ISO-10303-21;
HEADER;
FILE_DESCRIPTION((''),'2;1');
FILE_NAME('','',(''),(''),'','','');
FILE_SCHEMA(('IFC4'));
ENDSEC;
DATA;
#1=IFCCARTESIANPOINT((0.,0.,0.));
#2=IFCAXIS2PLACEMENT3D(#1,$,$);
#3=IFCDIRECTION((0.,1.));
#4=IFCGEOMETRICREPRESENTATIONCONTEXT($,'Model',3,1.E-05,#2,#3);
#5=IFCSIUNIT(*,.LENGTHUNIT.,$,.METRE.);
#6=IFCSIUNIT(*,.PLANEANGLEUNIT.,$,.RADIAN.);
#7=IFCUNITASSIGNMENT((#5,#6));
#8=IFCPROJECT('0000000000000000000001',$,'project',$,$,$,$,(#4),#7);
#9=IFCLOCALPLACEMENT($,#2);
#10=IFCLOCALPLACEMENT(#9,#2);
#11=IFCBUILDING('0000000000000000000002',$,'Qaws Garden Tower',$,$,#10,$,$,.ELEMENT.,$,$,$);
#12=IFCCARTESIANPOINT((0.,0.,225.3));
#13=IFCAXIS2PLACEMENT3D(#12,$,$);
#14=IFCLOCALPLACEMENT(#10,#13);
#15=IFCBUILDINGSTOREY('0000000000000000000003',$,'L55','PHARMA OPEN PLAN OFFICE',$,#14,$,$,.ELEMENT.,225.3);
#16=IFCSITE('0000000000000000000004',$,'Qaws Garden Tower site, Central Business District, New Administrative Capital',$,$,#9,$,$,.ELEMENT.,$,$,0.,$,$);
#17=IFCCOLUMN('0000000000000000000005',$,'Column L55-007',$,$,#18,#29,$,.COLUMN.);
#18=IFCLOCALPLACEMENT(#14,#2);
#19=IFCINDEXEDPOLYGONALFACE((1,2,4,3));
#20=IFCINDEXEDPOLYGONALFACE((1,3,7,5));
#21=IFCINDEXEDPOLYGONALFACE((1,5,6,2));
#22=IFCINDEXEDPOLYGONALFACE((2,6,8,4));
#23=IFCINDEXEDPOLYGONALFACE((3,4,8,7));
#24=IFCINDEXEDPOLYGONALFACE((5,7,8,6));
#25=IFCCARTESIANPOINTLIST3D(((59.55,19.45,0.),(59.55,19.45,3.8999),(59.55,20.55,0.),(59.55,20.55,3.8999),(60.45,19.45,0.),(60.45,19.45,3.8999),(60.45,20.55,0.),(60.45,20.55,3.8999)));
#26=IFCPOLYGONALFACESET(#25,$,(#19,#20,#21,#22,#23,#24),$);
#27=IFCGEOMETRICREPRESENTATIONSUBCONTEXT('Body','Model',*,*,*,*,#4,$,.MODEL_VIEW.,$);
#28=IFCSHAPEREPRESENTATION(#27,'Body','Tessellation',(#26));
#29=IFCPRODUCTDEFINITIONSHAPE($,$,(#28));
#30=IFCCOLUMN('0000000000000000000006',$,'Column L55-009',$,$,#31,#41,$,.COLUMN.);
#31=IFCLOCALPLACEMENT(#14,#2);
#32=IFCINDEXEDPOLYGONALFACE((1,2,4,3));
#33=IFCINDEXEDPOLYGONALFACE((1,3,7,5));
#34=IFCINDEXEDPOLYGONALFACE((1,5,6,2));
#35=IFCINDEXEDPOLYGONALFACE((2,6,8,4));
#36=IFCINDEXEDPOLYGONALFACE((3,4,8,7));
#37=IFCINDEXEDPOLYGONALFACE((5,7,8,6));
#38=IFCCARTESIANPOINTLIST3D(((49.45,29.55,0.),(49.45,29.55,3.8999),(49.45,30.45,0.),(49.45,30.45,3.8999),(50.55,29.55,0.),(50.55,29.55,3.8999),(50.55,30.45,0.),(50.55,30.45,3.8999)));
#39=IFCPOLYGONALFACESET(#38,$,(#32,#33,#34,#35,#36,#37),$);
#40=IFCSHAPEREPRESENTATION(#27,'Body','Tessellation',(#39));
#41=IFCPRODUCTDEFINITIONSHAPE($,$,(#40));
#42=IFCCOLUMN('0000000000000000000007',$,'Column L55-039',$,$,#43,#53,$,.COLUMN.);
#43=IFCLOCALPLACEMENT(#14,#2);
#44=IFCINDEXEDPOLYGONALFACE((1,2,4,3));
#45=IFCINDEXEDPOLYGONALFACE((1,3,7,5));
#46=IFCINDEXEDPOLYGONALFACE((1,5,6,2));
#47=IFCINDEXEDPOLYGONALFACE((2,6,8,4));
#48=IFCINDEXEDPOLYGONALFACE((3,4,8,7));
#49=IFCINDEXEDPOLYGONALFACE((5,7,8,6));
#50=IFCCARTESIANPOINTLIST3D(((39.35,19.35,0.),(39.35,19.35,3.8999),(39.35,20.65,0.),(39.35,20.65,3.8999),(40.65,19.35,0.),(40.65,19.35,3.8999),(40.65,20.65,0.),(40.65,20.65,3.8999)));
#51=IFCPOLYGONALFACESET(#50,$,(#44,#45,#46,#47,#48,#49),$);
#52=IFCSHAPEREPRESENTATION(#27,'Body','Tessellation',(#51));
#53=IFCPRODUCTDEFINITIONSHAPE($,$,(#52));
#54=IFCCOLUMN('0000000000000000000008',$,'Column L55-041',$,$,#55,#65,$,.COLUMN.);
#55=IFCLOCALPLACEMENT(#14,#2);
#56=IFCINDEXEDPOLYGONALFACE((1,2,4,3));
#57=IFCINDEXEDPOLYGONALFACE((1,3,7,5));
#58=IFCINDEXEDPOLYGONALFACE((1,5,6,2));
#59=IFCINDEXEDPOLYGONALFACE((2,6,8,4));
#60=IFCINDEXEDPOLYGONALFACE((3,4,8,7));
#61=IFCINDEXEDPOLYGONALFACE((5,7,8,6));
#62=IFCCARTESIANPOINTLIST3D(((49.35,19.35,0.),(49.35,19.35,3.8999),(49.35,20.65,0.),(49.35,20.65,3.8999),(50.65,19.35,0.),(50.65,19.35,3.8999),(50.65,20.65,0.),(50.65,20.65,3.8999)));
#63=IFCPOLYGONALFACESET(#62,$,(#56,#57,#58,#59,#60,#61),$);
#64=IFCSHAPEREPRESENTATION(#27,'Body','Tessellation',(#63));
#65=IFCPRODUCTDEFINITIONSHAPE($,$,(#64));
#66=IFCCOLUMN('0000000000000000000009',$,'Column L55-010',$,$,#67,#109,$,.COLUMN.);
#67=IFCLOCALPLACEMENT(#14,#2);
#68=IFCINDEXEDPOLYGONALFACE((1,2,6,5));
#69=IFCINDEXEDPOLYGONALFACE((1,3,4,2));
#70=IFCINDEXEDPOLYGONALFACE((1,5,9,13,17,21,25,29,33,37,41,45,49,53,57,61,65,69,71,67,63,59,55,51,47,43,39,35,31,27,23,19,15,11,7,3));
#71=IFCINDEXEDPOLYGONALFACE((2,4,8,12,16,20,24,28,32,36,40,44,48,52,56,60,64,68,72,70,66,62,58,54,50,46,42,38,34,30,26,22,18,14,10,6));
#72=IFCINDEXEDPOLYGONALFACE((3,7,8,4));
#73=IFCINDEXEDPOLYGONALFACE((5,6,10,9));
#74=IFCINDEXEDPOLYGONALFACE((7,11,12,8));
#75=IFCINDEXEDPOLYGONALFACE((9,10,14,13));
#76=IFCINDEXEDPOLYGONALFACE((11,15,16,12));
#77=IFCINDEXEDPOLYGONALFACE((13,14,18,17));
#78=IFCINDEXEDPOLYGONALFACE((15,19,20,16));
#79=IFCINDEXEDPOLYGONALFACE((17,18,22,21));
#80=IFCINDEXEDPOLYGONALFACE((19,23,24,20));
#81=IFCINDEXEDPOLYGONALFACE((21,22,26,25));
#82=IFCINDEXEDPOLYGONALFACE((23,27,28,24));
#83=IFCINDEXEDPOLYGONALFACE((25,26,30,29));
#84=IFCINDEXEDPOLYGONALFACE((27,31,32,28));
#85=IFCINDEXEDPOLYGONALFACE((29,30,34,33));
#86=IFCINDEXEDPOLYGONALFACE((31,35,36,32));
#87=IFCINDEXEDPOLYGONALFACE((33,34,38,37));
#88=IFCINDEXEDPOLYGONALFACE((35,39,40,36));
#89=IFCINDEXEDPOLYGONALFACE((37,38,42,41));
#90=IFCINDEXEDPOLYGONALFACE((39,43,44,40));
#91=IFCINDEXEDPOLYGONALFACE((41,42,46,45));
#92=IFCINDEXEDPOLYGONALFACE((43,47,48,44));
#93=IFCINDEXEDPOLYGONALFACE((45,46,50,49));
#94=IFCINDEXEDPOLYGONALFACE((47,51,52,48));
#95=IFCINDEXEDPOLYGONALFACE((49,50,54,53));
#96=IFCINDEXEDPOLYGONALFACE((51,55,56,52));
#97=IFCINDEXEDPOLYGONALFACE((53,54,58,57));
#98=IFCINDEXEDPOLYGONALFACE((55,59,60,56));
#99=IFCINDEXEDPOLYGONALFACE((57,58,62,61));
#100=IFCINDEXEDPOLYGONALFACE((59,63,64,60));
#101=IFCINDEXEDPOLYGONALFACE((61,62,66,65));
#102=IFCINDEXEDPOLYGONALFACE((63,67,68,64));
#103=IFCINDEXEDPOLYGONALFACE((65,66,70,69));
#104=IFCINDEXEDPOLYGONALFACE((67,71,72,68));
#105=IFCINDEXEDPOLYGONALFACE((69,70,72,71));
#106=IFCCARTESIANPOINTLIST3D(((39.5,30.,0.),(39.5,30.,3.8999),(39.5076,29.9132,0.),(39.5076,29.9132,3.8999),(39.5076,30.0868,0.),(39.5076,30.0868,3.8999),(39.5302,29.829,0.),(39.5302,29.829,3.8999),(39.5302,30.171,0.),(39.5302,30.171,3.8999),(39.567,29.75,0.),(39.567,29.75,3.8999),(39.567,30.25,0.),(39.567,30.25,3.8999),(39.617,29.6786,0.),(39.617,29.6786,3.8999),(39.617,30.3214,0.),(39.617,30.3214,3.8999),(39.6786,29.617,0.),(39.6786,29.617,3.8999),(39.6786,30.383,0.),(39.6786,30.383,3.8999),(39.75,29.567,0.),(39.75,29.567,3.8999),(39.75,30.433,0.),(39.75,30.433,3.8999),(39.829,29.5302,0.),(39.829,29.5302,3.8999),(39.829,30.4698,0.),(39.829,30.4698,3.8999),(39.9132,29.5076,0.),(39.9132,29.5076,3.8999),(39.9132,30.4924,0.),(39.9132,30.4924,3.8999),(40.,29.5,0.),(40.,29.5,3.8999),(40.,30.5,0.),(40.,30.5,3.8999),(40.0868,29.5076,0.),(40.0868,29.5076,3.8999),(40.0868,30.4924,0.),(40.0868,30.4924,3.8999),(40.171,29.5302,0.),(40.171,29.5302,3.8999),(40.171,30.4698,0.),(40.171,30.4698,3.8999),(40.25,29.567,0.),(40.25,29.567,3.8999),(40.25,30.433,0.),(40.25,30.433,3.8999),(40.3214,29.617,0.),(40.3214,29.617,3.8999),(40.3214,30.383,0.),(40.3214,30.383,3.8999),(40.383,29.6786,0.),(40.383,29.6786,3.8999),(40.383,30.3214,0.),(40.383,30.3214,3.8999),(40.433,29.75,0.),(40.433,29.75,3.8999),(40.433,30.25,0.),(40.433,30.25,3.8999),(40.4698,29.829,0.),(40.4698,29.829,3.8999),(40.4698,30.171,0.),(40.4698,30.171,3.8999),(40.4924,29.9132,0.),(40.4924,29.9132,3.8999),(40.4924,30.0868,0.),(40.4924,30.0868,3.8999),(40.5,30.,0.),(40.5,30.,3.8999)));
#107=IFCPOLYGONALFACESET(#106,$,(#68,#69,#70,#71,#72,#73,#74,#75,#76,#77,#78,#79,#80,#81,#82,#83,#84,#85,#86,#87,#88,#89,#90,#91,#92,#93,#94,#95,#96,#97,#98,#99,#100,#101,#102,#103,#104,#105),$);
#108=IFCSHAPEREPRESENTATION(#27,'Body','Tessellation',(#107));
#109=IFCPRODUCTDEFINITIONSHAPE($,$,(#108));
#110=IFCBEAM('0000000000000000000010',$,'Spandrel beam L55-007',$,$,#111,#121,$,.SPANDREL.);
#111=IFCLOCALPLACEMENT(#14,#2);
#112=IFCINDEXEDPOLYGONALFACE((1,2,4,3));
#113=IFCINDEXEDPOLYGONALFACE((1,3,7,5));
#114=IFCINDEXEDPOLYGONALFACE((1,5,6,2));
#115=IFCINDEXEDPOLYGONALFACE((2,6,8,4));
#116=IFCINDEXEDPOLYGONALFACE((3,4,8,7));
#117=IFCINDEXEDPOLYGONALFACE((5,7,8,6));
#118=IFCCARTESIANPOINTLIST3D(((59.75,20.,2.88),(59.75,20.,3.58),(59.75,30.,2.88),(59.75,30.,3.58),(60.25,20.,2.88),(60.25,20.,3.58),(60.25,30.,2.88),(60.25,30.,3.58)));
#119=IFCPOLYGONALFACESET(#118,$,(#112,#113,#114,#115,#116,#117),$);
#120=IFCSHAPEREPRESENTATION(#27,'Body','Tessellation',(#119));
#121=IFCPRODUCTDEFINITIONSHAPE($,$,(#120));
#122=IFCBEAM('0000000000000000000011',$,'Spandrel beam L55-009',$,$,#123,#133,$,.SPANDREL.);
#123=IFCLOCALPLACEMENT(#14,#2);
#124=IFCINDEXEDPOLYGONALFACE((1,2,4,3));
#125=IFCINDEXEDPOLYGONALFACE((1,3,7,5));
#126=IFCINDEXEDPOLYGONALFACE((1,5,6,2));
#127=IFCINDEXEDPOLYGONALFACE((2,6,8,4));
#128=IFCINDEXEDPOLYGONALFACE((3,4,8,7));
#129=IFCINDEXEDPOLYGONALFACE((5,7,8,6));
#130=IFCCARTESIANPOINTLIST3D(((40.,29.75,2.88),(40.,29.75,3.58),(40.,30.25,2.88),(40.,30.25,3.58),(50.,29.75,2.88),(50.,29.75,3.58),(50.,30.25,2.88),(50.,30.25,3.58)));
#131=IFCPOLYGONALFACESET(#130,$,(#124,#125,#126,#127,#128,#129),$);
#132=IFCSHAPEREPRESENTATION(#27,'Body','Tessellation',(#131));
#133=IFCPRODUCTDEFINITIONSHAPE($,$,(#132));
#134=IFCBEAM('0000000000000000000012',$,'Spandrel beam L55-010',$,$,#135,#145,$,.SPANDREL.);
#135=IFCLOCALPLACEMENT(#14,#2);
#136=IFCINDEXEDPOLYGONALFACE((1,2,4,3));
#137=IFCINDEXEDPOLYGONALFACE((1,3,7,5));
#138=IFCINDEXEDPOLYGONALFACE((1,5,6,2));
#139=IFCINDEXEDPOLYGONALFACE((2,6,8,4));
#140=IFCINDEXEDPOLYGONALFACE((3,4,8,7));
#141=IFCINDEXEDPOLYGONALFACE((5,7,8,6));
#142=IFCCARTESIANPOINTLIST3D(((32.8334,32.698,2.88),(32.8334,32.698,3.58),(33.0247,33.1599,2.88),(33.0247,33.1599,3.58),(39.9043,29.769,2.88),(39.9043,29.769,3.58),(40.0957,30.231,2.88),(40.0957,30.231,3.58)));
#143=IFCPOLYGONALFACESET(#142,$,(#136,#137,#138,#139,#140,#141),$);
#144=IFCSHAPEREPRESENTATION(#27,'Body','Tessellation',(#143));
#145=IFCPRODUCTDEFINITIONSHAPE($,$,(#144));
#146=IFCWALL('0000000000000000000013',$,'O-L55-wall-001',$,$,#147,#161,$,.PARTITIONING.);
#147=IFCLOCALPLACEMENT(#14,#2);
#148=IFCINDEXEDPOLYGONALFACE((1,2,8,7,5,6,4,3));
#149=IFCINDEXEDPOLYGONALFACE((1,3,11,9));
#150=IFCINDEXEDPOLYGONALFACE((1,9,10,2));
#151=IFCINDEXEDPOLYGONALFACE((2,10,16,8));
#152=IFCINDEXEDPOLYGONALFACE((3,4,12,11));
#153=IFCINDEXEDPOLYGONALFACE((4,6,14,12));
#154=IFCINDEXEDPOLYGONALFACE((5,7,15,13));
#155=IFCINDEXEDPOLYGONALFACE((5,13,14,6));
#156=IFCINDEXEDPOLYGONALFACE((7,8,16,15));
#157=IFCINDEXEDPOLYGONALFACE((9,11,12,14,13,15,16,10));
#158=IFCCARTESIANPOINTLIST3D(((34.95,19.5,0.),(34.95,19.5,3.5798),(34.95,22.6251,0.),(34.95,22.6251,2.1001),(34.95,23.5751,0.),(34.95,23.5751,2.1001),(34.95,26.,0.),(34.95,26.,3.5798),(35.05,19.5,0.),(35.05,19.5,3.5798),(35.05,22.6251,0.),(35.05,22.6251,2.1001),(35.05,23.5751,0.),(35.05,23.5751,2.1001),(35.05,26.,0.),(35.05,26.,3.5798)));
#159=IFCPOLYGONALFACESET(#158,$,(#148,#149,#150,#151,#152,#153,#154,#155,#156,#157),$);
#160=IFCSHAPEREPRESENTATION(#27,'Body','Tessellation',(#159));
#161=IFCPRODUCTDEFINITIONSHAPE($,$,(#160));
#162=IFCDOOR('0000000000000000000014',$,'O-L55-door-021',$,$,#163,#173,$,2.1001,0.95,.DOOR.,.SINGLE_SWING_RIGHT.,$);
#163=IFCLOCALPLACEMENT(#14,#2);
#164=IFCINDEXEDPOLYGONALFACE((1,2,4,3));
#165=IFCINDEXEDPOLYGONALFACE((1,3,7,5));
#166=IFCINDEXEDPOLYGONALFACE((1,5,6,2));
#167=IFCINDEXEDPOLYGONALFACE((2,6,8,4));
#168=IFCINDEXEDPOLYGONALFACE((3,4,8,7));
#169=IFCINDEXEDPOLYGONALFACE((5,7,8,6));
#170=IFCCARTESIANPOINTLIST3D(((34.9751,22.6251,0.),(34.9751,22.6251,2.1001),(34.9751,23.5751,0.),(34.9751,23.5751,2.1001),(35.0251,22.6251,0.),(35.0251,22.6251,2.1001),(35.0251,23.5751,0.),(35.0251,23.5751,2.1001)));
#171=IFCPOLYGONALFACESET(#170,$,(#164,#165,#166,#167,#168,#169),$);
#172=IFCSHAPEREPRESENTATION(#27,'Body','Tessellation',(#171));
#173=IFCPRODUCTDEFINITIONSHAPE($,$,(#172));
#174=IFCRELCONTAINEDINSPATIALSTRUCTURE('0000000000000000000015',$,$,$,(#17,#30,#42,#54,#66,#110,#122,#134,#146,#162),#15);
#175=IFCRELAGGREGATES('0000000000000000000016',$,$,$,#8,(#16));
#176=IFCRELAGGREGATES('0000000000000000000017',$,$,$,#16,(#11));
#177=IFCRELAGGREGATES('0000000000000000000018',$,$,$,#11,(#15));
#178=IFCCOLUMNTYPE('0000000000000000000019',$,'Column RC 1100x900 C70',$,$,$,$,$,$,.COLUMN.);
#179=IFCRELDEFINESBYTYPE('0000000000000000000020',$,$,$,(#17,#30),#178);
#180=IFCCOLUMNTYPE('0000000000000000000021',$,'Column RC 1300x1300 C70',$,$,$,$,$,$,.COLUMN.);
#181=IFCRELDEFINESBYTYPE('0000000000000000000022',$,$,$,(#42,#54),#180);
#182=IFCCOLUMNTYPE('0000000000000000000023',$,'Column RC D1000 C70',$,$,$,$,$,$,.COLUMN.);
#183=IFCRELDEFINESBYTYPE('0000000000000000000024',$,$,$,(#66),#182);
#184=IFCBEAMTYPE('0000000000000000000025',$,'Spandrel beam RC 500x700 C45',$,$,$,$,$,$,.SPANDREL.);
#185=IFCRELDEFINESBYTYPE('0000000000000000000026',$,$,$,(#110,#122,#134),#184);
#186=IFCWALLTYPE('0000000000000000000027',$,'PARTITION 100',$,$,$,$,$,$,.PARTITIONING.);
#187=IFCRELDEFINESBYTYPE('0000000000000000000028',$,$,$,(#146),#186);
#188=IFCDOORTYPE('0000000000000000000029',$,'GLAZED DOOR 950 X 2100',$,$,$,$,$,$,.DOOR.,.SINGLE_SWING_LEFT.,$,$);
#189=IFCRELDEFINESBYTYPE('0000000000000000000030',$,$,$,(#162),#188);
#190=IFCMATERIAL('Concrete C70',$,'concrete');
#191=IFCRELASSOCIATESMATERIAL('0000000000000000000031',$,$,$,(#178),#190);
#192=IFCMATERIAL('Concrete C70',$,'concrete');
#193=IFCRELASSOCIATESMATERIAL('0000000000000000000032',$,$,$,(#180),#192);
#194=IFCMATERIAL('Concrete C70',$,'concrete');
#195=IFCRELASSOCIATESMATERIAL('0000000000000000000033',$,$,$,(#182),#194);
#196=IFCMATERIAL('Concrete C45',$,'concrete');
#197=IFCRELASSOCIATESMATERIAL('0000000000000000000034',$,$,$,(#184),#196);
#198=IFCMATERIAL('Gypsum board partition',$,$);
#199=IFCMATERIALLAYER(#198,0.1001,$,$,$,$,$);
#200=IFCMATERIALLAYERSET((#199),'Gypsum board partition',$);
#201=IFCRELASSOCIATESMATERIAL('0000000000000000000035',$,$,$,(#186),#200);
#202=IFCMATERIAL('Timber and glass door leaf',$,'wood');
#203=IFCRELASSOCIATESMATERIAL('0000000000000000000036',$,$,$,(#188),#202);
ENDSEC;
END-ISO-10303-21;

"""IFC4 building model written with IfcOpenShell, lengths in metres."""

from ifc_helpers import new_model, si_unit, direction, frame, frame_2d, origin, origin_2d, place, context, subcontext, project, spatial, rectangle, circle, extrude, material, layer, layer_set, material_profile, profile_set, type_object, element, fill, save


model = new_model("IFC4")

# Units and contexts
model_context = context("Model", 3, precision=1e-05, world=origin(), true_north=direction((0.0, 1.0)))
body_context = subcontext(model_context, "Body", "Model", "MODEL_VIEW")
ifc_project = project(units=[si_unit("LENGTHUNIT", "METRE"), si_unit("PLANEANGLEUNIT", "RADIAN")], contexts=[model_context])

# Site, building, storey
site_placement = place(None, origin())
site = spatial("IfcSite", under=ifc_project, at=site_placement, Name="Qaws Garden Tower site, Central Business District, New Administrative Capital", CompositionType="ELEMENT", RefElevation=0.0)
building_placement = place(site_placement, origin())
building = spatial("IfcBuilding", under=site, at=building_placement, Name="Qaws Garden Tower", CompositionType="ELEMENT")
storey_placement = place(building_placement, frame((0.0, 0.0, 225.3)))
storey = spatial("IfcBuildingStorey", under=building, at=storey_placement, Name="L55", Description="PHARMA OPEN PLAN OFFICE", CompositionType="ELEMENT", Elevation=225.3)

# Columns
ifc_material_1 = material(Name="Concrete C70", Category="concrete")
ifc_material_profile_1 = material_profile(ifc_material_1, rectangle(XDim=1.1001, YDim=0.8999, at=origin_2d()), Name="RC 1100x900")
ifc_profile_set_1 = profile_set([ifc_material_profile_1], Name="Concrete C70")
column_type_1 = type_object("IfcColumnType", Name="Column RC 1100x900 C70", PredefinedType="COLUMN", material=ifc_profile_set_1)
for number, where, z_axis, x_axis, name in (
    (1, (60.0, 20.0, 0.0), (0.0, 0.0, 1.0), (0.0, 1.0, 0.0), "Column L55-007"),
    (2, (50.0, 30.0, 0.0), (0.0, 0.0, 1.0), (1.0, 0.0, 0.0), "Column L55-009"),
):
    element("IfcColumn", number, at=place(storey_placement, frame(where, z_axis=z_axis, x_axis=x_axis)), inside=storey, type_object=column_type_1, Name=name, PredefinedType="COLUMN", context=body_context, shape_type="SweptSolid", body=[
        extrude(rectangle(XDim=1.1001, YDim=0.8999, at=origin_2d()), origin(), (0.0, 0.0, 1.0), 3.8999),
    ])
ifc_material_2 = material(Name="Concrete C70", Category="concrete")
ifc_material_profile_2 = material_profile(ifc_material_2, rectangle(XDim=1.3, YDim=1.3, at=origin_2d()), Name="RC 1300x1300")
ifc_profile_set_2 = profile_set([ifc_material_profile_2], Name="Concrete C70")
column_type_2 = type_object("IfcColumnType", Name="Column RC 1300x1300 C70", PredefinedType="COLUMN", material=ifc_profile_set_2)
for number, where, z_axis, x_axis, name in (
    (3, (40.0, 20.0, 0.0), (0.0, 0.0, 1.0), (1.0, 0.0, 0.0), "Column L55-039"),
    (4, (50.0, 20.0, 0.0), (0.0, 0.0, 1.0), (1.0, 0.0, 0.0), "Column L55-041"),
):
    element("IfcColumn", number, at=place(storey_placement, frame(where, z_axis=z_axis, x_axis=x_axis)), inside=storey, type_object=column_type_2, Name=name, PredefinedType="COLUMN", context=body_context, shape_type="SweptSolid", body=[
        extrude(rectangle(XDim=1.3, YDim=1.3, at=origin_2d()), origin(), (0.0, 0.0, 1.0), 3.8999),
    ])
ifc_material_3 = material(Name="Concrete C70", Category="concrete")
ifc_material_profile_3 = material_profile(ifc_material_3, circle(Radius=0.5, at=origin_2d()), Name="RC D1000")
ifc_profile_set_3 = profile_set([ifc_material_profile_3], Name="Concrete C70")
column_type_3 = type_object("IfcColumnType", Name="Column RC D1000 C70", PredefinedType="COLUMN", material=ifc_profile_set_3)
column_placement = place(storey_placement, frame((40.0, 30.0, 0.0), z_axis=(0.0, 0.0, 1.0), x_axis=(1.0, 0.0, 0.0)))
element("IfcColumn", 5, at=column_placement, inside=storey, type_object=column_type_3, Name="Column L55-010", PredefinedType="COLUMN", context=body_context, shape_type="SweptSolid", body=[
    extrude(circle(Radius=0.5, at=origin_2d()), origin(), (0.0, 0.0, 1.0), 3.8999),
])

# Beams
ifc_material_4 = material(Name="Concrete C45", Category="concrete")
ifc_material_profile_4 = material_profile(ifc_material_4, rectangle(XDim=0.5, YDim=0.7, at=origin_2d()), Name="RC 500x700")
ifc_profile_set_4 = profile_set([ifc_material_profile_4], Name="Concrete C45")
beam_type = type_object("IfcBeamType", Name="Spandrel beam RC 500x700 C45", PredefinedType="SPANDREL", material=ifc_profile_set_4)
for number, where, z_axis, x_axis, name in (
    (6, (60.0, 20.0, 3.23), (0.0, 1.0, 0.0), (-1.0, 0.0, 0.0), "Spandrel beam L55-007"),
    (7, (50.0, 30.0, 3.23), (-1.0, 0.0, 0.0), (0.0, -1.0, 0.0), "Spandrel beam L55-009"),
):
    element("IfcBeam", number, at=place(storey_placement, frame(where, z_axis=z_axis, x_axis=x_axis)), inside=storey, type_object=beam_type, Name=name, PredefinedType="SPANDREL", context=body_context, shape_type="SweptSolid", body=[
        extrude(rectangle(XDim=0.5, YDim=0.7, at=origin_2d()), origin(), (0.0, 0.0, 1.0), 10.0),
    ])
beam_placement = place(storey_placement, frame((40.0, 30.0, 3.23), z_axis=(-0.923878, 0.382687, 0.0), x_axis=(-0.382687, -0.923878, 0.0)))
element("IfcBeam", 8, at=beam_placement, inside=storey, type_object=beam_type, Name="Spandrel beam L55-010", PredefinedType="SPANDREL", context=body_context, shape_type="SweptSolid", body=[
    extrude(rectangle(XDim=0.5, YDim=0.7, at=origin_2d()), origin(), (0.0, 0.0, 1.0), 7.6536),
])

# Wall, opening, door
ifc_material_5 = material(Name="Gypsum board partition")
ifc_layer_1 = layer(ifc_material_5, 0.1001)
ifc_layer_set_1 = layer_set([ifc_layer_1], Name="Gypsum board partition")
wall_type_1 = type_object("IfcWallType", Name="PARTITION 100", PredefinedType="PARTITIONING", material=ifc_layer_set_1)
wall_1_placement = place(storey_placement, frame((35.0, 19.5, 0.0), z_axis=(0.0, 0.0, 1.0), x_axis=(0.0, 1.0, 0.0)))
wall_1 = element("IfcWall", 9, at=wall_1_placement, inside=storey, type_object=wall_type_1, Name="O-L55-wall-001", PredefinedType="PARTITIONING", context=body_context, shape_type="SweptSolid", body=[
    extrude(rectangle(XDim=6.5, YDim=0.1001, at=frame_2d((3.25, 0.0))), origin(), (0.0, 0.0, 1.0), 3.5798),
])
opening_1_placement = place(wall_1_placement, frame((3.125, 0.0, 0.0)))
opening_1 = element("IfcOpeningElement", 10, at=opening_1_placement, cuts=wall_1, PredefinedType="OPENING", context=body_context, shape_type="SweptSolid", body=[
    extrude(rectangle(XDim=0.95, YDim=2.1001, at=frame_2d((0.4751, 1.05))), frame((0.0, 0.0601, 0.0), z_axis=(0.0, -1.0, 0.0), x_axis=(1.0, 0.0, 0.0)), (0.0, 0.0, 1.0), 0.1201),
])
ifc_material_6 = material(Name="Timber and glass door leaf", Category="wood")
door_type_1 = type_object("IfcDoorType", Name="GLAZED DOOR 950 X 2100", OperationType="SINGLE_SWING_LEFT", PredefinedType="DOOR", material=ifc_material_6)
door_1_placement = place(opening_1_placement, origin())
door_1 = element("IfcDoor", 11, at=door_1_placement, inside=storey, type_object=door_type_1, Name="O-L55-door-021", OperationType="SINGLE_SWING_RIGHT", OverallHeight=2.1001, OverallWidth=0.95, PredefinedType="DOOR", context=body_context, shape_type="SweptSolid", body=[
    extrude(rectangle(XDim=0.95, YDim=2.1001, at=frame_2d((0.4751, 1.05))), frame((0.0, 0.0249, 0.0), z_axis=(0.0, -1.0, 0.0), x_axis=(1.0, 0.0, 0.0)), (0.0, 0.0, 1.0), 0.05),
])
fill(opening_1, door_1)

save(model, "model.ifc")
